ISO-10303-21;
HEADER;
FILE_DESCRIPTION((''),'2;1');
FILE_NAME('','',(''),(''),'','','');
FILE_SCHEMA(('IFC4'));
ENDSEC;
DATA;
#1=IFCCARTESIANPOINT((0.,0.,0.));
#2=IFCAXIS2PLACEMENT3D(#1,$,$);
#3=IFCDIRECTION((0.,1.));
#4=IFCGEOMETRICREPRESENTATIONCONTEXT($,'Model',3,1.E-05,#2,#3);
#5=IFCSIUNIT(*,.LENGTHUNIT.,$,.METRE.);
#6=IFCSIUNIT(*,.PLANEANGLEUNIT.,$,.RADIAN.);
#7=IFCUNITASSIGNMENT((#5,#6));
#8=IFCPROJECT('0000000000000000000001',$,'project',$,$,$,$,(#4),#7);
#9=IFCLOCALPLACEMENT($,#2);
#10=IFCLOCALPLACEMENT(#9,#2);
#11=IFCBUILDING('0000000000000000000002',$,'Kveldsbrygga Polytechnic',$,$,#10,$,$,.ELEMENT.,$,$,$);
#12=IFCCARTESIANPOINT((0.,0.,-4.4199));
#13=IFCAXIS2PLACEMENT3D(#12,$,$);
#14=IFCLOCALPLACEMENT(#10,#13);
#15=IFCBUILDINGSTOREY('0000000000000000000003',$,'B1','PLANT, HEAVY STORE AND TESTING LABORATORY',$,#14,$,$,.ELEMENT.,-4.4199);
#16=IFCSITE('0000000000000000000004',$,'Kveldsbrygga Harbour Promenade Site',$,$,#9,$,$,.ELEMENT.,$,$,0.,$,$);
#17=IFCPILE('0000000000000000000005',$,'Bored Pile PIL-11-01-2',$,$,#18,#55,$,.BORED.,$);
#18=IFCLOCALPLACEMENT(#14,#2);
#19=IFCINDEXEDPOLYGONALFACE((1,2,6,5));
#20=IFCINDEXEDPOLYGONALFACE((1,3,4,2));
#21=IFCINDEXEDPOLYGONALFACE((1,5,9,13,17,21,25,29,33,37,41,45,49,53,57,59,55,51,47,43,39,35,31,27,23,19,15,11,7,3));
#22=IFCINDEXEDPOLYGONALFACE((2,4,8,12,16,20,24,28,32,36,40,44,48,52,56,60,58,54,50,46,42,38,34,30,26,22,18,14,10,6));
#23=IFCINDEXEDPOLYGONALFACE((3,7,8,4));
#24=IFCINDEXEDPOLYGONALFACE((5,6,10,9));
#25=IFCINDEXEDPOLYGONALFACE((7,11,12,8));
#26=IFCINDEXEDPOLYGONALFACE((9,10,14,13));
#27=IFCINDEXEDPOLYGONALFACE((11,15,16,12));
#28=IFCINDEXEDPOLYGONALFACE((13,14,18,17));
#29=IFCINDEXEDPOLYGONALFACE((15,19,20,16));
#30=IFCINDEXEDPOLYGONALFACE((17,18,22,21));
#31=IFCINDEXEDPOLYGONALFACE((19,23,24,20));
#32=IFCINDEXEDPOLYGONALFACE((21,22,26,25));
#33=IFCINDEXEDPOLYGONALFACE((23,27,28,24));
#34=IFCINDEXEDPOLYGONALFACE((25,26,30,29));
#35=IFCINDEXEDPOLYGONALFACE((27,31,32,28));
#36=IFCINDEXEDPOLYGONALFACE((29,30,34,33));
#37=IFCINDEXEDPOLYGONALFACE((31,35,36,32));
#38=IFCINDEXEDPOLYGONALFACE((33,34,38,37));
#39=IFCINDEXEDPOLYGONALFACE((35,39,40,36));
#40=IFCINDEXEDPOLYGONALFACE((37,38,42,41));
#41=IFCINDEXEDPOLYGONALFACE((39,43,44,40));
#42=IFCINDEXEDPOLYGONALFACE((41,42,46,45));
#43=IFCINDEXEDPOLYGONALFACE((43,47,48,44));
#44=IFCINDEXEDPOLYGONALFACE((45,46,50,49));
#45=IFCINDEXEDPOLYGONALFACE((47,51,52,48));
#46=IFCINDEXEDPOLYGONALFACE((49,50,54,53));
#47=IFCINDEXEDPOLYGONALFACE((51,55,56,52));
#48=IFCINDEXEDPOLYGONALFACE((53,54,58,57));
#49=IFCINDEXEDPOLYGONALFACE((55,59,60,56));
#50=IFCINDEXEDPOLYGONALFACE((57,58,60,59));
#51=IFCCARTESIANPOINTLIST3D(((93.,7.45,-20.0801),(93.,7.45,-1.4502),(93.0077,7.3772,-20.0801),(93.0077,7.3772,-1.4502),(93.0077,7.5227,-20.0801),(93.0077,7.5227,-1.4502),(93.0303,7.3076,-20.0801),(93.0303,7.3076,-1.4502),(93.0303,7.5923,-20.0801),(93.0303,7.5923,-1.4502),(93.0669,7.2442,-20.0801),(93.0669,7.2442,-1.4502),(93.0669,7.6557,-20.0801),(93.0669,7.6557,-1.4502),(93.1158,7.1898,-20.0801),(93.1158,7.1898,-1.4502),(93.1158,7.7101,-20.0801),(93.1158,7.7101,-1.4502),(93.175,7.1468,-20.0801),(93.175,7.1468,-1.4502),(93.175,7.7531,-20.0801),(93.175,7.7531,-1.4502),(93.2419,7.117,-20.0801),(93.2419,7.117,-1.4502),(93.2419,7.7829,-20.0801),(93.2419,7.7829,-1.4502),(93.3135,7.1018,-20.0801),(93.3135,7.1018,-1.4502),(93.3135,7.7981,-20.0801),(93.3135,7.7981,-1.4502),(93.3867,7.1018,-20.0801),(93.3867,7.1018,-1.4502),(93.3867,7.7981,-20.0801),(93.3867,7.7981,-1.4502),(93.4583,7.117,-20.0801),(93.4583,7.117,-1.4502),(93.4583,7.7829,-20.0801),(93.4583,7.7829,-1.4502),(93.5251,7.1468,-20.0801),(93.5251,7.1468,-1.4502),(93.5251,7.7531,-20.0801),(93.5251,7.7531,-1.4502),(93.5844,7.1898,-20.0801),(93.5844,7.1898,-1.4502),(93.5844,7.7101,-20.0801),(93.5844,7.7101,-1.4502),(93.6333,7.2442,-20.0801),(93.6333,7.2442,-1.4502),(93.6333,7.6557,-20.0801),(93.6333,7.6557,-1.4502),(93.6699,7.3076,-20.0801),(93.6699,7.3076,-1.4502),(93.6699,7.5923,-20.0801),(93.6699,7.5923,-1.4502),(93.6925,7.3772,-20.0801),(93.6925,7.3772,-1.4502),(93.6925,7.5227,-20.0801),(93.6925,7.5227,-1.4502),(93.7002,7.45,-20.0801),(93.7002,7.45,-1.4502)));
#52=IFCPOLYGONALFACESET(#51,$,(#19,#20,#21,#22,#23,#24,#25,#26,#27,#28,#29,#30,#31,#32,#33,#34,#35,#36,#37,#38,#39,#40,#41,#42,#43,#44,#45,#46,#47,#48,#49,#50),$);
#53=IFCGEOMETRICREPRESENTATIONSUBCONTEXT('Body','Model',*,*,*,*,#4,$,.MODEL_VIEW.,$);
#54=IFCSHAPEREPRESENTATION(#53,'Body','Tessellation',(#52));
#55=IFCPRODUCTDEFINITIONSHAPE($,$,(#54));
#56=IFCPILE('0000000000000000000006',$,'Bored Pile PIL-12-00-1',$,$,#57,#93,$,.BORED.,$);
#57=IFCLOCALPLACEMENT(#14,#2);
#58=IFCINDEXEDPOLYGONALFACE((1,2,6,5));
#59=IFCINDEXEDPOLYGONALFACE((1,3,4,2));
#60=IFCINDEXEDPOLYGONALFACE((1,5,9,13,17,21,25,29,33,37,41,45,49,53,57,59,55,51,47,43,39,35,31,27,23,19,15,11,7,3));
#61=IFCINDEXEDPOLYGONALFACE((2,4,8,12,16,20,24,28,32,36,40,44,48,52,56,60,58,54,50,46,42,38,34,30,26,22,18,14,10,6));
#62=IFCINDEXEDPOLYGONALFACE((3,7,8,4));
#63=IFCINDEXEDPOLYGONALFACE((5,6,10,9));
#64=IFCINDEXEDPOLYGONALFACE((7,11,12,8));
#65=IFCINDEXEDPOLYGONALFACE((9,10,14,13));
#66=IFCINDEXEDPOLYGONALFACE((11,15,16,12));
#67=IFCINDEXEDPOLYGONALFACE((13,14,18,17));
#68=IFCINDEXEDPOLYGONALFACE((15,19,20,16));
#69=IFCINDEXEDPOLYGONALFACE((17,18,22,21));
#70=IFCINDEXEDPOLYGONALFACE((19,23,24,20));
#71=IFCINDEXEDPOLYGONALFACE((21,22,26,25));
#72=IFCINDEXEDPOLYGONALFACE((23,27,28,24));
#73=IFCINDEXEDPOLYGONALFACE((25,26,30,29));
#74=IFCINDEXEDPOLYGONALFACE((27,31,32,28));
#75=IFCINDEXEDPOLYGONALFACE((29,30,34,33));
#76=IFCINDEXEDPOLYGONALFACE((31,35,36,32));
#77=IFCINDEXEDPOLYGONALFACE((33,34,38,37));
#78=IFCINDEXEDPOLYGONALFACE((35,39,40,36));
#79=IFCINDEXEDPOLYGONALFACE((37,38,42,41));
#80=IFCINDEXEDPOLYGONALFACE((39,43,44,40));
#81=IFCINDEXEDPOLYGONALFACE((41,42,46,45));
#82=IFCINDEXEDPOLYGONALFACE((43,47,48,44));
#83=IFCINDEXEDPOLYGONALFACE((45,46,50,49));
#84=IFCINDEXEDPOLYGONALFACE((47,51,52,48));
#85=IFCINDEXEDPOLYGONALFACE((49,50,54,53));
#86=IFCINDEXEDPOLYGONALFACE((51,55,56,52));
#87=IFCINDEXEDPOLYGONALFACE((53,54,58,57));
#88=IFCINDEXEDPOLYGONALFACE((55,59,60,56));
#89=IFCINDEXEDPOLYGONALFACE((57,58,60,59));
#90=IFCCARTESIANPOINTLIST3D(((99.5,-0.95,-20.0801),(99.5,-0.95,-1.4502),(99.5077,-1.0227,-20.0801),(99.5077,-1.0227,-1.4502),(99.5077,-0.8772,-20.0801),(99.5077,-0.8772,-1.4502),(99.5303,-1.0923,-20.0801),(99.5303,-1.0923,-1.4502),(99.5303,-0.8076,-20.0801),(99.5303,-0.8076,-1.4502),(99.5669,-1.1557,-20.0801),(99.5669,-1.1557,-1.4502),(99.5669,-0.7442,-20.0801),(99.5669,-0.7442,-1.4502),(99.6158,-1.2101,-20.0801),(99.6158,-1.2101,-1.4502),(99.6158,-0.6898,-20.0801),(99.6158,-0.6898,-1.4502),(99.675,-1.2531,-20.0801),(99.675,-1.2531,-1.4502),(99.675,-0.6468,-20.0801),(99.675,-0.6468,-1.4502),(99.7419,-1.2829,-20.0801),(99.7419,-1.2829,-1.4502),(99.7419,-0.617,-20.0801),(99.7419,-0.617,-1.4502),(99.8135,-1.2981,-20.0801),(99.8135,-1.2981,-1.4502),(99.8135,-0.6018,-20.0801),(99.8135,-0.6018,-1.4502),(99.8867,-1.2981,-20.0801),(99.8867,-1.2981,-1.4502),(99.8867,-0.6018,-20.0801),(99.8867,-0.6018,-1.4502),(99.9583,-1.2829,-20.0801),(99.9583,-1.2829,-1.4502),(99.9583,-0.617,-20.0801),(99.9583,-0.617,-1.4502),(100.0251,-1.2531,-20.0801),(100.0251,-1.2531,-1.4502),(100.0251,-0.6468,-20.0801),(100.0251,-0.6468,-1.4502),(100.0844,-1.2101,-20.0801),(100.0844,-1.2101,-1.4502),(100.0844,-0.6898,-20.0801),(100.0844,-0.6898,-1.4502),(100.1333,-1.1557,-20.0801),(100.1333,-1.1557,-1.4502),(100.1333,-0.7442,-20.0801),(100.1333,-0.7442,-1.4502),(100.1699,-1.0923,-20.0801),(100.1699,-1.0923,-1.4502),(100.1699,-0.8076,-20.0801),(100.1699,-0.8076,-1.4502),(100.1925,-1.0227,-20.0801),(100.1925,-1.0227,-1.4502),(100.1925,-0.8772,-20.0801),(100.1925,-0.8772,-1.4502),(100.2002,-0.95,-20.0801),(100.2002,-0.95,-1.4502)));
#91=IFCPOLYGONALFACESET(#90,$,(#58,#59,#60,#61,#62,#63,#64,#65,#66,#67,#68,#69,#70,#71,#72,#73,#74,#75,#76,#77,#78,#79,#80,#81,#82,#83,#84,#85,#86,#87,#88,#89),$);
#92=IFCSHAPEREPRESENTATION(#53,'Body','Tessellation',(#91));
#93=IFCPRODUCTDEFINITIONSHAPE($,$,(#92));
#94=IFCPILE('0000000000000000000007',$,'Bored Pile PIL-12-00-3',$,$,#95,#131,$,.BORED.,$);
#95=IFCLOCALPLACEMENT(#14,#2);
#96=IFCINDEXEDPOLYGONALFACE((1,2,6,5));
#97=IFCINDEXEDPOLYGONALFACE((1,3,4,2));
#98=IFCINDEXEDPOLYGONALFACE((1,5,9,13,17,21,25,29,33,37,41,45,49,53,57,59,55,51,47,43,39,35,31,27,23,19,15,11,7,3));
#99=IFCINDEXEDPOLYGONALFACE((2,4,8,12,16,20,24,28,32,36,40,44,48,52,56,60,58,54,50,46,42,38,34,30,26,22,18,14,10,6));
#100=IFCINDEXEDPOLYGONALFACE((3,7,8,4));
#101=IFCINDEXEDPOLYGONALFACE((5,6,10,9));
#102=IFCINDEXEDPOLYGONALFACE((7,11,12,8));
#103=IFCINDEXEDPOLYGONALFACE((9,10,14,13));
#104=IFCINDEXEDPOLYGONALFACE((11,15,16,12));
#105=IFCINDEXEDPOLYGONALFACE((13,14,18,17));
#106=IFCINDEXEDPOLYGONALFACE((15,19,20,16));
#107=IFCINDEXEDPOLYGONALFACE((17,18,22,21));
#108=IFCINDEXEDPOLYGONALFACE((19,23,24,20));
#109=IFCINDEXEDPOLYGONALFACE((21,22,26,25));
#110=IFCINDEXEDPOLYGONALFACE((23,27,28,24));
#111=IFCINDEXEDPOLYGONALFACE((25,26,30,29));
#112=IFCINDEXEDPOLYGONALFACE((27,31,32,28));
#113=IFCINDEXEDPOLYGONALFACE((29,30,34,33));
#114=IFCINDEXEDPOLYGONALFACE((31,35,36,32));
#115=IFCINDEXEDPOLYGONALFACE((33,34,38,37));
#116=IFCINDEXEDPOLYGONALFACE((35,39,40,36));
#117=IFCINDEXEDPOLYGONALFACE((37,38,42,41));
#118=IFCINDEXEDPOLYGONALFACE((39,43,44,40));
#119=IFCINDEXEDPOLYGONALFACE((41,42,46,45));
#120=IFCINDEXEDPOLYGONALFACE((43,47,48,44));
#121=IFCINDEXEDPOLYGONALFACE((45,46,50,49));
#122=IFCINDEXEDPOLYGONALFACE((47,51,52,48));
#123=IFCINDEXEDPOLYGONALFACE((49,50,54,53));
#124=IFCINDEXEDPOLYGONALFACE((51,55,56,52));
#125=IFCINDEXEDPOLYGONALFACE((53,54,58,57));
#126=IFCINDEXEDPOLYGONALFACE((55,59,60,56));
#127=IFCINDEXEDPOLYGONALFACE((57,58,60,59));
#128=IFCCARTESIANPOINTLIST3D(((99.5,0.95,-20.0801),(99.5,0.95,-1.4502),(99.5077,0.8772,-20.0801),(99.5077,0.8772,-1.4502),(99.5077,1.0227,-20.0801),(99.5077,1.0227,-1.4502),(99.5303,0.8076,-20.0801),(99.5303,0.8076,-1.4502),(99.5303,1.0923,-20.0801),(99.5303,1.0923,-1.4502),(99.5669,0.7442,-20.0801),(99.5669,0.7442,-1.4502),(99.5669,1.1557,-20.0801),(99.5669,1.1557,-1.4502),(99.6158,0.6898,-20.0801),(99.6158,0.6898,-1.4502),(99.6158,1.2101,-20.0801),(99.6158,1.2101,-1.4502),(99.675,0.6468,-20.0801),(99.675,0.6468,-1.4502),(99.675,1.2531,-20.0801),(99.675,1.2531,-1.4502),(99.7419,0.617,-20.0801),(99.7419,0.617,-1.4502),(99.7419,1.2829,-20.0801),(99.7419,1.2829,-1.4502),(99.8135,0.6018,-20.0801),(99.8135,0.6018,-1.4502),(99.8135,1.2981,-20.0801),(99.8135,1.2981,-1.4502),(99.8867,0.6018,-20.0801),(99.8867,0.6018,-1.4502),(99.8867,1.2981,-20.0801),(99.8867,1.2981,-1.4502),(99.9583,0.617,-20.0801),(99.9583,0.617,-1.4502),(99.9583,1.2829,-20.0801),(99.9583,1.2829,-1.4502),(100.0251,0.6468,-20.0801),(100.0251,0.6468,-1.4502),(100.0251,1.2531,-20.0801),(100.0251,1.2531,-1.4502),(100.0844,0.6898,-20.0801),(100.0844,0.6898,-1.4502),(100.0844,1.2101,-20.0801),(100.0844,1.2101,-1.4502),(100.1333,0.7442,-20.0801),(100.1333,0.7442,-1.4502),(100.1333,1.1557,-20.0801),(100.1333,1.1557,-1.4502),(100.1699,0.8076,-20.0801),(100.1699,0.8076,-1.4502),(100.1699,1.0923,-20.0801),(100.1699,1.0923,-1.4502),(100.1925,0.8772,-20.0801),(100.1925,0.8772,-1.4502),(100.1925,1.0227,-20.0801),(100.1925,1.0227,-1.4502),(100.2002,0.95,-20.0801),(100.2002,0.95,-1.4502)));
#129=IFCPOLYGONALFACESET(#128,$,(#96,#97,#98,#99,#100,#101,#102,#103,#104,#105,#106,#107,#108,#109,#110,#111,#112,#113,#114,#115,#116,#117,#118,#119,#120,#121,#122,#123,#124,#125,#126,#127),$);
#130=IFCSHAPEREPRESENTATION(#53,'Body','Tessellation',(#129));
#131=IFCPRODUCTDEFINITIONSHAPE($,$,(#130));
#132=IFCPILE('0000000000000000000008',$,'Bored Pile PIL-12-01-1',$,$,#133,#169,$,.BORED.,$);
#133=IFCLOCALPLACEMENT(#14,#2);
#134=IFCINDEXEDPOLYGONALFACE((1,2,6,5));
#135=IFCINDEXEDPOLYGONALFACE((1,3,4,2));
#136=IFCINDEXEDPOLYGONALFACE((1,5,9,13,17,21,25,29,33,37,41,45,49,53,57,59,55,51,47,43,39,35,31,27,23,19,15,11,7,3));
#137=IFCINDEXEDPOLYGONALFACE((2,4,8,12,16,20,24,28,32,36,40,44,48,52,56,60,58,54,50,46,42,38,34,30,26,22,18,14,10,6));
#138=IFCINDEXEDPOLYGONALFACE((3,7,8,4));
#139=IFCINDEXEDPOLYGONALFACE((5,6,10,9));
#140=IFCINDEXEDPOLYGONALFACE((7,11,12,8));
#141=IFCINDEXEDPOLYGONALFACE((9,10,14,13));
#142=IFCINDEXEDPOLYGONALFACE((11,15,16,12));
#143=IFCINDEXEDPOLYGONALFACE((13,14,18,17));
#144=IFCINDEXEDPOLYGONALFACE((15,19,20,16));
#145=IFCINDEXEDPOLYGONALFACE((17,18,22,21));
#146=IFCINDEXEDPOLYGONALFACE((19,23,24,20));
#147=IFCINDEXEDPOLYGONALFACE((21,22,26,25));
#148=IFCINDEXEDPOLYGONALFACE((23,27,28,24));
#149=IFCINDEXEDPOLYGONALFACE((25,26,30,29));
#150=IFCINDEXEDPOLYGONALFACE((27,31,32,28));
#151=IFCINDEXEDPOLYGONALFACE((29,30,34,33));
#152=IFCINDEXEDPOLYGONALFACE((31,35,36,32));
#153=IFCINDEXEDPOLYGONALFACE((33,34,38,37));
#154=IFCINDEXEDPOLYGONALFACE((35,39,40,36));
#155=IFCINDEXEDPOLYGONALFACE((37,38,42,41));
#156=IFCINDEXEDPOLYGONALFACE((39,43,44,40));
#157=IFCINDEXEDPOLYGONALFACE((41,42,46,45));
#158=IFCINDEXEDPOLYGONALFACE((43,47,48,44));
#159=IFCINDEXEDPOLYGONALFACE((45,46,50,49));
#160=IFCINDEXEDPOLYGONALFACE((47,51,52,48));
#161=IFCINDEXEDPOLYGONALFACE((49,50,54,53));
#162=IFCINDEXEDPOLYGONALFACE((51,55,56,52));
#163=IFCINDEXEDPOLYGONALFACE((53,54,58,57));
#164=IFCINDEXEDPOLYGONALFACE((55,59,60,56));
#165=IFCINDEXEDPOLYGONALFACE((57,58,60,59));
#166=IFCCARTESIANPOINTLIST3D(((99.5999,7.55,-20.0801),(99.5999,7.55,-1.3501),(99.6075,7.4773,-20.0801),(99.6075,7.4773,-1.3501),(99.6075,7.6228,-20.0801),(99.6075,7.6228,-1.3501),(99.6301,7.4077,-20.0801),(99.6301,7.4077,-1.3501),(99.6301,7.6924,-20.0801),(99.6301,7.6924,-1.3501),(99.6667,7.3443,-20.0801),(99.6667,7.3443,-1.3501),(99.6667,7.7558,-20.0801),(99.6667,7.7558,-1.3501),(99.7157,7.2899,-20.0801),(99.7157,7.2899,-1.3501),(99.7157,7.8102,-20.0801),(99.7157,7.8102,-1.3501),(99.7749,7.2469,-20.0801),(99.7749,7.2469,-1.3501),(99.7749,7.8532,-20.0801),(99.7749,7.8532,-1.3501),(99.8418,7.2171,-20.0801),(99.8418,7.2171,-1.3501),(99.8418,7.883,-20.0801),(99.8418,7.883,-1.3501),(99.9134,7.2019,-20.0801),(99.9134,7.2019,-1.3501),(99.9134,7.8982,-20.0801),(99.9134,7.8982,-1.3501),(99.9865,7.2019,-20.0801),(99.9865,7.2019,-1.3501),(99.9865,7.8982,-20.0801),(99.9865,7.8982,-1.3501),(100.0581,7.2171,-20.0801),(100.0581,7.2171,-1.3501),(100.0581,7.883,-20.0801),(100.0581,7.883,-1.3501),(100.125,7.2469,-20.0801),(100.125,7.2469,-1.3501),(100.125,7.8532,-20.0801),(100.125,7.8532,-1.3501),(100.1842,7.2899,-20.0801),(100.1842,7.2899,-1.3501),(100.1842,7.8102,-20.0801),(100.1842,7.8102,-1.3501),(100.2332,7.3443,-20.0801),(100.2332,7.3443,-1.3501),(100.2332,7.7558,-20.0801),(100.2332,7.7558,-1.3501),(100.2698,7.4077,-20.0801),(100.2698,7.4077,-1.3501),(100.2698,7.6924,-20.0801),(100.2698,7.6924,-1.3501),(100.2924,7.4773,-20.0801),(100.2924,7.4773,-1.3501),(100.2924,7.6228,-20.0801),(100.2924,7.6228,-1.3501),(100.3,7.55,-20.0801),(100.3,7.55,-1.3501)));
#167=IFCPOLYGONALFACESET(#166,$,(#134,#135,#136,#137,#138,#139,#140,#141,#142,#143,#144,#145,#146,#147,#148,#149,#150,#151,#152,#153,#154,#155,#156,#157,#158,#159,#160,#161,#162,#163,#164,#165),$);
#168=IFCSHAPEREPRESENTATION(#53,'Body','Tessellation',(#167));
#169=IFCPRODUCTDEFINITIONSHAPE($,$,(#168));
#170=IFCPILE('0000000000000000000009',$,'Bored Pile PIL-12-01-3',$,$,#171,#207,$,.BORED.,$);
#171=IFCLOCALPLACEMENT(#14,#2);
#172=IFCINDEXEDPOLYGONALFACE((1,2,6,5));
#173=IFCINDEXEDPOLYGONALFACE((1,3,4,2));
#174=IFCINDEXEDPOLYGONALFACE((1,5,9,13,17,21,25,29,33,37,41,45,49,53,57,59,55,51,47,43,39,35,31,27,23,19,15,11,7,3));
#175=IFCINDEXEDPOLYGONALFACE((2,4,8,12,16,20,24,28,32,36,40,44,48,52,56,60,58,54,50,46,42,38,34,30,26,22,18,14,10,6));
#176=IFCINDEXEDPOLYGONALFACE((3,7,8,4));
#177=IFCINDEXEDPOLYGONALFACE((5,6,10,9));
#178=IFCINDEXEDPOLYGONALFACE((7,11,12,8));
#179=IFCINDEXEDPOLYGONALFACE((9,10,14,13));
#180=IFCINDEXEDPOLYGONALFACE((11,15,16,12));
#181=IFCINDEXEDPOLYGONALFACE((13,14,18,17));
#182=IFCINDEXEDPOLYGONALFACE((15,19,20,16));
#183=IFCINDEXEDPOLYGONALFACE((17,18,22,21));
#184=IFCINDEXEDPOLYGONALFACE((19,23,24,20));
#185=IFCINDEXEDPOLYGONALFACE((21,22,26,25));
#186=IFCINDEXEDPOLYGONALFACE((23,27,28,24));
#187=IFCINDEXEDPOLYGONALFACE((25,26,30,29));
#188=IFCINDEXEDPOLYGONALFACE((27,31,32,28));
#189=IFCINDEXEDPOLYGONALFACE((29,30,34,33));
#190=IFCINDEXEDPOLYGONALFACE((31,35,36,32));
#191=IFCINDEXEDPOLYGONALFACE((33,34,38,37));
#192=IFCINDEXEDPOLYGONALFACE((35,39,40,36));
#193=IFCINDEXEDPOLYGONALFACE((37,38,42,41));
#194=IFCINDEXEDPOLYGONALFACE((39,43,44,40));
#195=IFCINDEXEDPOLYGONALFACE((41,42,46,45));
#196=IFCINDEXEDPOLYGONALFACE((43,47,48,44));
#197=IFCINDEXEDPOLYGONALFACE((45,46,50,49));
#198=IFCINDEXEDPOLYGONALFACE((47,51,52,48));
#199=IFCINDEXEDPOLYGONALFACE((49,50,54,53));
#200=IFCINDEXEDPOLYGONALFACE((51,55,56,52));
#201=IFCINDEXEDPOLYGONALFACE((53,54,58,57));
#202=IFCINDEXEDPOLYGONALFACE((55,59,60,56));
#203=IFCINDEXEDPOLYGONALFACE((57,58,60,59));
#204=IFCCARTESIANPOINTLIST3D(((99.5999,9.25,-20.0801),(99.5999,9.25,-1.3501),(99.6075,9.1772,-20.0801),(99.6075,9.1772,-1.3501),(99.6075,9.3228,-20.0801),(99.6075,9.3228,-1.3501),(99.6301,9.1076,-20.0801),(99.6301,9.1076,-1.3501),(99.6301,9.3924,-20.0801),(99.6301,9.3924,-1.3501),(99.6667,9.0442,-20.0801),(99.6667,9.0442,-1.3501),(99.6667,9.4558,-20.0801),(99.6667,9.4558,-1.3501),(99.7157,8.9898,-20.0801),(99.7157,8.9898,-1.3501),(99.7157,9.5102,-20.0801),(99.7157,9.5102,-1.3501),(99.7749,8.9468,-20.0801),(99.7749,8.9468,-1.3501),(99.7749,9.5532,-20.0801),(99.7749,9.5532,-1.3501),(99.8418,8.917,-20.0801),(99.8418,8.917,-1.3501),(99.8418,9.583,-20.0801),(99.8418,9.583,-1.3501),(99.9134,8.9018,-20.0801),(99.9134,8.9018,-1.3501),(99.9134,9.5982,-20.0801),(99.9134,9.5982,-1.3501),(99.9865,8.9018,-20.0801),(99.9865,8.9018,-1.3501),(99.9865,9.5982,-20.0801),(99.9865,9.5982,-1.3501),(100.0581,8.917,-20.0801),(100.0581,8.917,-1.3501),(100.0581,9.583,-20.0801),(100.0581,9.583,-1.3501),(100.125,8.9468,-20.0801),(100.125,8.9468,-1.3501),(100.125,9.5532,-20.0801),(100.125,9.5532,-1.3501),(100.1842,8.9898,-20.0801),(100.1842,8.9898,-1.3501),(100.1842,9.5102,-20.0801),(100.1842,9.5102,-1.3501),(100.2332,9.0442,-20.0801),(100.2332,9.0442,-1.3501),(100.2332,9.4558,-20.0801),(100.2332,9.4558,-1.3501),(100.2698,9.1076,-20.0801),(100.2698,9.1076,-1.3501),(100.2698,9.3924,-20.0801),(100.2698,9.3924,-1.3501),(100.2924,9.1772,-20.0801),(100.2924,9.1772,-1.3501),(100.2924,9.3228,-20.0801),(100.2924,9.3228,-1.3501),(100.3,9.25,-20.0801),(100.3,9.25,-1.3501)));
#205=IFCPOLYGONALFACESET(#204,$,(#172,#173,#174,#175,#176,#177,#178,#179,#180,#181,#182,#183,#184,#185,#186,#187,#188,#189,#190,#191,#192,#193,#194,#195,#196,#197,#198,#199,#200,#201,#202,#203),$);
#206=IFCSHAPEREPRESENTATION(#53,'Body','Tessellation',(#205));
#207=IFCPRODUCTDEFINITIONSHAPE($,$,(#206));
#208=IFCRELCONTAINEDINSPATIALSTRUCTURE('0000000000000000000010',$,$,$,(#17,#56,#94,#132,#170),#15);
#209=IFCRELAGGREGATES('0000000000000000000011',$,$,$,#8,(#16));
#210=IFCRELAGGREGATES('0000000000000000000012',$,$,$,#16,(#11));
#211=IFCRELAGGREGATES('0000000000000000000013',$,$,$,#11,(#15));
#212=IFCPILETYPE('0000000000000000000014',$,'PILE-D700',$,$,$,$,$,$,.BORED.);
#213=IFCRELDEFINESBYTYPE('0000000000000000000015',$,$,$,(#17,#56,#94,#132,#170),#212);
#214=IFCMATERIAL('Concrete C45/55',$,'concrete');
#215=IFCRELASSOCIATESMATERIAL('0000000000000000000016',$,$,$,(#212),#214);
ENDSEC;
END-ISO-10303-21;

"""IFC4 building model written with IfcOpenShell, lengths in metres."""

from ifc_helpers import new_model, si_unit, direction, frame, origin, origin_2d, place, context, subcontext, project, spatial, circle, extrude, material, material_profile, profile_set, type_object, element, save


model = new_model("IFC4")

# Units and contexts
model_context = context("Model", 3, precision=1e-05, world=origin(), true_north=direction((0.0, 1.0)))
body_context = subcontext(model_context, "Body", "Model", "MODEL_VIEW")
ifc_project = project(units=[si_unit("LENGTHUNIT", "METRE"), si_unit("PLANEANGLEUNIT", "RADIAN")], contexts=[model_context])

# Site, building, storey
site_placement = place(None, origin())
site = spatial("IfcSite", under=ifc_project, at=site_placement, Name="Kveldsbrygga Harbour Promenade Site", CompositionType="ELEMENT", RefElevation=0.0)
building_placement = place(site_placement, origin())
building = spatial("IfcBuilding", under=site, at=building_placement, Name="Kveldsbrygga Polytechnic", CompositionType="ELEMENT")
storey_placement = place(building_placement, frame((0.0, 0.0, -4.4199)))
storey = spatial("IfcBuildingStorey", under=building, at=storey_placement, Name="B1", Description="PLANT, HEAVY STORE AND TESTING LABORATORY", CompositionType="ELEMENT", Elevation=-4.4199)

# Shared definitions
ifc_material_1 = material(Name="Concrete C45/55", Category="concrete")

# Piles
ifc_material_profile_1 = material_profile(ifc_material_1, circle(Radius=0.3501, at=origin_2d()), Name="PILE D700")
ifc_profile_set_1 = profile_set([ifc_material_profile_1], Name="Concrete C45/55")
pile_type = type_object("IfcPileType", Name="PILE-D700", PredefinedType="BORED", material=ifc_profile_set_1)
for number, where, z_axis, x_axis, name in (
    (1, (93.3501, 7.45, -1.4502), (0.0, 0.0, -1.0), (1.0, 0.0, 0.0), "Bored Pile PIL-11-01-2"),
    (2, (99.8501, -0.95, -1.4502), (0.0, 0.0, -1.0), (1.0, 0.0, 0.0), "Bored Pile PIL-12-00-1"),
    (3, (99.8501, 0.95, -1.4502), (0.0, 0.0, -1.0), (1.0, 0.0, 0.0), "Bored Pile PIL-12-00-3"),
):
    element("IfcPile", number, at=place(storey_placement, frame(where, z_axis=z_axis, x_axis=x_axis)), inside=storey, type_object=pile_type, Name=name, PredefinedType="BORED", context=body_context, shape_type="SweptSolid", body=[
        extrude(circle(Radius=0.3501, at=origin_2d()), origin(), (0.0, 0.0, 1.0), 18.6299),
    ])
for number, where, z_axis, x_axis, name in (
    (4, (99.95, 7.55, -1.3501), (0.0, 0.0, -1.0), (1.0, 0.0, 0.0), "Bored Pile PIL-12-01-1"),
    (5, (99.95, 9.25, -1.3501), (0.0, 0.0, -1.0), (1.0, 0.0, 0.0), "Bored Pile PIL-12-01-3"),
):
    element("IfcPile", number, at=place(storey_placement, frame(where, z_axis=z_axis, x_axis=x_axis)), inside=storey, type_object=pile_type, Name=name, PredefinedType="BORED", context=body_context, shape_type="SweptSolid", body=[
        extrude(circle(Radius=0.3501, at=origin_2d()), origin(), (0.0, 0.0, 1.0), 18.73),
    ])

save(model, "model.ifc")
